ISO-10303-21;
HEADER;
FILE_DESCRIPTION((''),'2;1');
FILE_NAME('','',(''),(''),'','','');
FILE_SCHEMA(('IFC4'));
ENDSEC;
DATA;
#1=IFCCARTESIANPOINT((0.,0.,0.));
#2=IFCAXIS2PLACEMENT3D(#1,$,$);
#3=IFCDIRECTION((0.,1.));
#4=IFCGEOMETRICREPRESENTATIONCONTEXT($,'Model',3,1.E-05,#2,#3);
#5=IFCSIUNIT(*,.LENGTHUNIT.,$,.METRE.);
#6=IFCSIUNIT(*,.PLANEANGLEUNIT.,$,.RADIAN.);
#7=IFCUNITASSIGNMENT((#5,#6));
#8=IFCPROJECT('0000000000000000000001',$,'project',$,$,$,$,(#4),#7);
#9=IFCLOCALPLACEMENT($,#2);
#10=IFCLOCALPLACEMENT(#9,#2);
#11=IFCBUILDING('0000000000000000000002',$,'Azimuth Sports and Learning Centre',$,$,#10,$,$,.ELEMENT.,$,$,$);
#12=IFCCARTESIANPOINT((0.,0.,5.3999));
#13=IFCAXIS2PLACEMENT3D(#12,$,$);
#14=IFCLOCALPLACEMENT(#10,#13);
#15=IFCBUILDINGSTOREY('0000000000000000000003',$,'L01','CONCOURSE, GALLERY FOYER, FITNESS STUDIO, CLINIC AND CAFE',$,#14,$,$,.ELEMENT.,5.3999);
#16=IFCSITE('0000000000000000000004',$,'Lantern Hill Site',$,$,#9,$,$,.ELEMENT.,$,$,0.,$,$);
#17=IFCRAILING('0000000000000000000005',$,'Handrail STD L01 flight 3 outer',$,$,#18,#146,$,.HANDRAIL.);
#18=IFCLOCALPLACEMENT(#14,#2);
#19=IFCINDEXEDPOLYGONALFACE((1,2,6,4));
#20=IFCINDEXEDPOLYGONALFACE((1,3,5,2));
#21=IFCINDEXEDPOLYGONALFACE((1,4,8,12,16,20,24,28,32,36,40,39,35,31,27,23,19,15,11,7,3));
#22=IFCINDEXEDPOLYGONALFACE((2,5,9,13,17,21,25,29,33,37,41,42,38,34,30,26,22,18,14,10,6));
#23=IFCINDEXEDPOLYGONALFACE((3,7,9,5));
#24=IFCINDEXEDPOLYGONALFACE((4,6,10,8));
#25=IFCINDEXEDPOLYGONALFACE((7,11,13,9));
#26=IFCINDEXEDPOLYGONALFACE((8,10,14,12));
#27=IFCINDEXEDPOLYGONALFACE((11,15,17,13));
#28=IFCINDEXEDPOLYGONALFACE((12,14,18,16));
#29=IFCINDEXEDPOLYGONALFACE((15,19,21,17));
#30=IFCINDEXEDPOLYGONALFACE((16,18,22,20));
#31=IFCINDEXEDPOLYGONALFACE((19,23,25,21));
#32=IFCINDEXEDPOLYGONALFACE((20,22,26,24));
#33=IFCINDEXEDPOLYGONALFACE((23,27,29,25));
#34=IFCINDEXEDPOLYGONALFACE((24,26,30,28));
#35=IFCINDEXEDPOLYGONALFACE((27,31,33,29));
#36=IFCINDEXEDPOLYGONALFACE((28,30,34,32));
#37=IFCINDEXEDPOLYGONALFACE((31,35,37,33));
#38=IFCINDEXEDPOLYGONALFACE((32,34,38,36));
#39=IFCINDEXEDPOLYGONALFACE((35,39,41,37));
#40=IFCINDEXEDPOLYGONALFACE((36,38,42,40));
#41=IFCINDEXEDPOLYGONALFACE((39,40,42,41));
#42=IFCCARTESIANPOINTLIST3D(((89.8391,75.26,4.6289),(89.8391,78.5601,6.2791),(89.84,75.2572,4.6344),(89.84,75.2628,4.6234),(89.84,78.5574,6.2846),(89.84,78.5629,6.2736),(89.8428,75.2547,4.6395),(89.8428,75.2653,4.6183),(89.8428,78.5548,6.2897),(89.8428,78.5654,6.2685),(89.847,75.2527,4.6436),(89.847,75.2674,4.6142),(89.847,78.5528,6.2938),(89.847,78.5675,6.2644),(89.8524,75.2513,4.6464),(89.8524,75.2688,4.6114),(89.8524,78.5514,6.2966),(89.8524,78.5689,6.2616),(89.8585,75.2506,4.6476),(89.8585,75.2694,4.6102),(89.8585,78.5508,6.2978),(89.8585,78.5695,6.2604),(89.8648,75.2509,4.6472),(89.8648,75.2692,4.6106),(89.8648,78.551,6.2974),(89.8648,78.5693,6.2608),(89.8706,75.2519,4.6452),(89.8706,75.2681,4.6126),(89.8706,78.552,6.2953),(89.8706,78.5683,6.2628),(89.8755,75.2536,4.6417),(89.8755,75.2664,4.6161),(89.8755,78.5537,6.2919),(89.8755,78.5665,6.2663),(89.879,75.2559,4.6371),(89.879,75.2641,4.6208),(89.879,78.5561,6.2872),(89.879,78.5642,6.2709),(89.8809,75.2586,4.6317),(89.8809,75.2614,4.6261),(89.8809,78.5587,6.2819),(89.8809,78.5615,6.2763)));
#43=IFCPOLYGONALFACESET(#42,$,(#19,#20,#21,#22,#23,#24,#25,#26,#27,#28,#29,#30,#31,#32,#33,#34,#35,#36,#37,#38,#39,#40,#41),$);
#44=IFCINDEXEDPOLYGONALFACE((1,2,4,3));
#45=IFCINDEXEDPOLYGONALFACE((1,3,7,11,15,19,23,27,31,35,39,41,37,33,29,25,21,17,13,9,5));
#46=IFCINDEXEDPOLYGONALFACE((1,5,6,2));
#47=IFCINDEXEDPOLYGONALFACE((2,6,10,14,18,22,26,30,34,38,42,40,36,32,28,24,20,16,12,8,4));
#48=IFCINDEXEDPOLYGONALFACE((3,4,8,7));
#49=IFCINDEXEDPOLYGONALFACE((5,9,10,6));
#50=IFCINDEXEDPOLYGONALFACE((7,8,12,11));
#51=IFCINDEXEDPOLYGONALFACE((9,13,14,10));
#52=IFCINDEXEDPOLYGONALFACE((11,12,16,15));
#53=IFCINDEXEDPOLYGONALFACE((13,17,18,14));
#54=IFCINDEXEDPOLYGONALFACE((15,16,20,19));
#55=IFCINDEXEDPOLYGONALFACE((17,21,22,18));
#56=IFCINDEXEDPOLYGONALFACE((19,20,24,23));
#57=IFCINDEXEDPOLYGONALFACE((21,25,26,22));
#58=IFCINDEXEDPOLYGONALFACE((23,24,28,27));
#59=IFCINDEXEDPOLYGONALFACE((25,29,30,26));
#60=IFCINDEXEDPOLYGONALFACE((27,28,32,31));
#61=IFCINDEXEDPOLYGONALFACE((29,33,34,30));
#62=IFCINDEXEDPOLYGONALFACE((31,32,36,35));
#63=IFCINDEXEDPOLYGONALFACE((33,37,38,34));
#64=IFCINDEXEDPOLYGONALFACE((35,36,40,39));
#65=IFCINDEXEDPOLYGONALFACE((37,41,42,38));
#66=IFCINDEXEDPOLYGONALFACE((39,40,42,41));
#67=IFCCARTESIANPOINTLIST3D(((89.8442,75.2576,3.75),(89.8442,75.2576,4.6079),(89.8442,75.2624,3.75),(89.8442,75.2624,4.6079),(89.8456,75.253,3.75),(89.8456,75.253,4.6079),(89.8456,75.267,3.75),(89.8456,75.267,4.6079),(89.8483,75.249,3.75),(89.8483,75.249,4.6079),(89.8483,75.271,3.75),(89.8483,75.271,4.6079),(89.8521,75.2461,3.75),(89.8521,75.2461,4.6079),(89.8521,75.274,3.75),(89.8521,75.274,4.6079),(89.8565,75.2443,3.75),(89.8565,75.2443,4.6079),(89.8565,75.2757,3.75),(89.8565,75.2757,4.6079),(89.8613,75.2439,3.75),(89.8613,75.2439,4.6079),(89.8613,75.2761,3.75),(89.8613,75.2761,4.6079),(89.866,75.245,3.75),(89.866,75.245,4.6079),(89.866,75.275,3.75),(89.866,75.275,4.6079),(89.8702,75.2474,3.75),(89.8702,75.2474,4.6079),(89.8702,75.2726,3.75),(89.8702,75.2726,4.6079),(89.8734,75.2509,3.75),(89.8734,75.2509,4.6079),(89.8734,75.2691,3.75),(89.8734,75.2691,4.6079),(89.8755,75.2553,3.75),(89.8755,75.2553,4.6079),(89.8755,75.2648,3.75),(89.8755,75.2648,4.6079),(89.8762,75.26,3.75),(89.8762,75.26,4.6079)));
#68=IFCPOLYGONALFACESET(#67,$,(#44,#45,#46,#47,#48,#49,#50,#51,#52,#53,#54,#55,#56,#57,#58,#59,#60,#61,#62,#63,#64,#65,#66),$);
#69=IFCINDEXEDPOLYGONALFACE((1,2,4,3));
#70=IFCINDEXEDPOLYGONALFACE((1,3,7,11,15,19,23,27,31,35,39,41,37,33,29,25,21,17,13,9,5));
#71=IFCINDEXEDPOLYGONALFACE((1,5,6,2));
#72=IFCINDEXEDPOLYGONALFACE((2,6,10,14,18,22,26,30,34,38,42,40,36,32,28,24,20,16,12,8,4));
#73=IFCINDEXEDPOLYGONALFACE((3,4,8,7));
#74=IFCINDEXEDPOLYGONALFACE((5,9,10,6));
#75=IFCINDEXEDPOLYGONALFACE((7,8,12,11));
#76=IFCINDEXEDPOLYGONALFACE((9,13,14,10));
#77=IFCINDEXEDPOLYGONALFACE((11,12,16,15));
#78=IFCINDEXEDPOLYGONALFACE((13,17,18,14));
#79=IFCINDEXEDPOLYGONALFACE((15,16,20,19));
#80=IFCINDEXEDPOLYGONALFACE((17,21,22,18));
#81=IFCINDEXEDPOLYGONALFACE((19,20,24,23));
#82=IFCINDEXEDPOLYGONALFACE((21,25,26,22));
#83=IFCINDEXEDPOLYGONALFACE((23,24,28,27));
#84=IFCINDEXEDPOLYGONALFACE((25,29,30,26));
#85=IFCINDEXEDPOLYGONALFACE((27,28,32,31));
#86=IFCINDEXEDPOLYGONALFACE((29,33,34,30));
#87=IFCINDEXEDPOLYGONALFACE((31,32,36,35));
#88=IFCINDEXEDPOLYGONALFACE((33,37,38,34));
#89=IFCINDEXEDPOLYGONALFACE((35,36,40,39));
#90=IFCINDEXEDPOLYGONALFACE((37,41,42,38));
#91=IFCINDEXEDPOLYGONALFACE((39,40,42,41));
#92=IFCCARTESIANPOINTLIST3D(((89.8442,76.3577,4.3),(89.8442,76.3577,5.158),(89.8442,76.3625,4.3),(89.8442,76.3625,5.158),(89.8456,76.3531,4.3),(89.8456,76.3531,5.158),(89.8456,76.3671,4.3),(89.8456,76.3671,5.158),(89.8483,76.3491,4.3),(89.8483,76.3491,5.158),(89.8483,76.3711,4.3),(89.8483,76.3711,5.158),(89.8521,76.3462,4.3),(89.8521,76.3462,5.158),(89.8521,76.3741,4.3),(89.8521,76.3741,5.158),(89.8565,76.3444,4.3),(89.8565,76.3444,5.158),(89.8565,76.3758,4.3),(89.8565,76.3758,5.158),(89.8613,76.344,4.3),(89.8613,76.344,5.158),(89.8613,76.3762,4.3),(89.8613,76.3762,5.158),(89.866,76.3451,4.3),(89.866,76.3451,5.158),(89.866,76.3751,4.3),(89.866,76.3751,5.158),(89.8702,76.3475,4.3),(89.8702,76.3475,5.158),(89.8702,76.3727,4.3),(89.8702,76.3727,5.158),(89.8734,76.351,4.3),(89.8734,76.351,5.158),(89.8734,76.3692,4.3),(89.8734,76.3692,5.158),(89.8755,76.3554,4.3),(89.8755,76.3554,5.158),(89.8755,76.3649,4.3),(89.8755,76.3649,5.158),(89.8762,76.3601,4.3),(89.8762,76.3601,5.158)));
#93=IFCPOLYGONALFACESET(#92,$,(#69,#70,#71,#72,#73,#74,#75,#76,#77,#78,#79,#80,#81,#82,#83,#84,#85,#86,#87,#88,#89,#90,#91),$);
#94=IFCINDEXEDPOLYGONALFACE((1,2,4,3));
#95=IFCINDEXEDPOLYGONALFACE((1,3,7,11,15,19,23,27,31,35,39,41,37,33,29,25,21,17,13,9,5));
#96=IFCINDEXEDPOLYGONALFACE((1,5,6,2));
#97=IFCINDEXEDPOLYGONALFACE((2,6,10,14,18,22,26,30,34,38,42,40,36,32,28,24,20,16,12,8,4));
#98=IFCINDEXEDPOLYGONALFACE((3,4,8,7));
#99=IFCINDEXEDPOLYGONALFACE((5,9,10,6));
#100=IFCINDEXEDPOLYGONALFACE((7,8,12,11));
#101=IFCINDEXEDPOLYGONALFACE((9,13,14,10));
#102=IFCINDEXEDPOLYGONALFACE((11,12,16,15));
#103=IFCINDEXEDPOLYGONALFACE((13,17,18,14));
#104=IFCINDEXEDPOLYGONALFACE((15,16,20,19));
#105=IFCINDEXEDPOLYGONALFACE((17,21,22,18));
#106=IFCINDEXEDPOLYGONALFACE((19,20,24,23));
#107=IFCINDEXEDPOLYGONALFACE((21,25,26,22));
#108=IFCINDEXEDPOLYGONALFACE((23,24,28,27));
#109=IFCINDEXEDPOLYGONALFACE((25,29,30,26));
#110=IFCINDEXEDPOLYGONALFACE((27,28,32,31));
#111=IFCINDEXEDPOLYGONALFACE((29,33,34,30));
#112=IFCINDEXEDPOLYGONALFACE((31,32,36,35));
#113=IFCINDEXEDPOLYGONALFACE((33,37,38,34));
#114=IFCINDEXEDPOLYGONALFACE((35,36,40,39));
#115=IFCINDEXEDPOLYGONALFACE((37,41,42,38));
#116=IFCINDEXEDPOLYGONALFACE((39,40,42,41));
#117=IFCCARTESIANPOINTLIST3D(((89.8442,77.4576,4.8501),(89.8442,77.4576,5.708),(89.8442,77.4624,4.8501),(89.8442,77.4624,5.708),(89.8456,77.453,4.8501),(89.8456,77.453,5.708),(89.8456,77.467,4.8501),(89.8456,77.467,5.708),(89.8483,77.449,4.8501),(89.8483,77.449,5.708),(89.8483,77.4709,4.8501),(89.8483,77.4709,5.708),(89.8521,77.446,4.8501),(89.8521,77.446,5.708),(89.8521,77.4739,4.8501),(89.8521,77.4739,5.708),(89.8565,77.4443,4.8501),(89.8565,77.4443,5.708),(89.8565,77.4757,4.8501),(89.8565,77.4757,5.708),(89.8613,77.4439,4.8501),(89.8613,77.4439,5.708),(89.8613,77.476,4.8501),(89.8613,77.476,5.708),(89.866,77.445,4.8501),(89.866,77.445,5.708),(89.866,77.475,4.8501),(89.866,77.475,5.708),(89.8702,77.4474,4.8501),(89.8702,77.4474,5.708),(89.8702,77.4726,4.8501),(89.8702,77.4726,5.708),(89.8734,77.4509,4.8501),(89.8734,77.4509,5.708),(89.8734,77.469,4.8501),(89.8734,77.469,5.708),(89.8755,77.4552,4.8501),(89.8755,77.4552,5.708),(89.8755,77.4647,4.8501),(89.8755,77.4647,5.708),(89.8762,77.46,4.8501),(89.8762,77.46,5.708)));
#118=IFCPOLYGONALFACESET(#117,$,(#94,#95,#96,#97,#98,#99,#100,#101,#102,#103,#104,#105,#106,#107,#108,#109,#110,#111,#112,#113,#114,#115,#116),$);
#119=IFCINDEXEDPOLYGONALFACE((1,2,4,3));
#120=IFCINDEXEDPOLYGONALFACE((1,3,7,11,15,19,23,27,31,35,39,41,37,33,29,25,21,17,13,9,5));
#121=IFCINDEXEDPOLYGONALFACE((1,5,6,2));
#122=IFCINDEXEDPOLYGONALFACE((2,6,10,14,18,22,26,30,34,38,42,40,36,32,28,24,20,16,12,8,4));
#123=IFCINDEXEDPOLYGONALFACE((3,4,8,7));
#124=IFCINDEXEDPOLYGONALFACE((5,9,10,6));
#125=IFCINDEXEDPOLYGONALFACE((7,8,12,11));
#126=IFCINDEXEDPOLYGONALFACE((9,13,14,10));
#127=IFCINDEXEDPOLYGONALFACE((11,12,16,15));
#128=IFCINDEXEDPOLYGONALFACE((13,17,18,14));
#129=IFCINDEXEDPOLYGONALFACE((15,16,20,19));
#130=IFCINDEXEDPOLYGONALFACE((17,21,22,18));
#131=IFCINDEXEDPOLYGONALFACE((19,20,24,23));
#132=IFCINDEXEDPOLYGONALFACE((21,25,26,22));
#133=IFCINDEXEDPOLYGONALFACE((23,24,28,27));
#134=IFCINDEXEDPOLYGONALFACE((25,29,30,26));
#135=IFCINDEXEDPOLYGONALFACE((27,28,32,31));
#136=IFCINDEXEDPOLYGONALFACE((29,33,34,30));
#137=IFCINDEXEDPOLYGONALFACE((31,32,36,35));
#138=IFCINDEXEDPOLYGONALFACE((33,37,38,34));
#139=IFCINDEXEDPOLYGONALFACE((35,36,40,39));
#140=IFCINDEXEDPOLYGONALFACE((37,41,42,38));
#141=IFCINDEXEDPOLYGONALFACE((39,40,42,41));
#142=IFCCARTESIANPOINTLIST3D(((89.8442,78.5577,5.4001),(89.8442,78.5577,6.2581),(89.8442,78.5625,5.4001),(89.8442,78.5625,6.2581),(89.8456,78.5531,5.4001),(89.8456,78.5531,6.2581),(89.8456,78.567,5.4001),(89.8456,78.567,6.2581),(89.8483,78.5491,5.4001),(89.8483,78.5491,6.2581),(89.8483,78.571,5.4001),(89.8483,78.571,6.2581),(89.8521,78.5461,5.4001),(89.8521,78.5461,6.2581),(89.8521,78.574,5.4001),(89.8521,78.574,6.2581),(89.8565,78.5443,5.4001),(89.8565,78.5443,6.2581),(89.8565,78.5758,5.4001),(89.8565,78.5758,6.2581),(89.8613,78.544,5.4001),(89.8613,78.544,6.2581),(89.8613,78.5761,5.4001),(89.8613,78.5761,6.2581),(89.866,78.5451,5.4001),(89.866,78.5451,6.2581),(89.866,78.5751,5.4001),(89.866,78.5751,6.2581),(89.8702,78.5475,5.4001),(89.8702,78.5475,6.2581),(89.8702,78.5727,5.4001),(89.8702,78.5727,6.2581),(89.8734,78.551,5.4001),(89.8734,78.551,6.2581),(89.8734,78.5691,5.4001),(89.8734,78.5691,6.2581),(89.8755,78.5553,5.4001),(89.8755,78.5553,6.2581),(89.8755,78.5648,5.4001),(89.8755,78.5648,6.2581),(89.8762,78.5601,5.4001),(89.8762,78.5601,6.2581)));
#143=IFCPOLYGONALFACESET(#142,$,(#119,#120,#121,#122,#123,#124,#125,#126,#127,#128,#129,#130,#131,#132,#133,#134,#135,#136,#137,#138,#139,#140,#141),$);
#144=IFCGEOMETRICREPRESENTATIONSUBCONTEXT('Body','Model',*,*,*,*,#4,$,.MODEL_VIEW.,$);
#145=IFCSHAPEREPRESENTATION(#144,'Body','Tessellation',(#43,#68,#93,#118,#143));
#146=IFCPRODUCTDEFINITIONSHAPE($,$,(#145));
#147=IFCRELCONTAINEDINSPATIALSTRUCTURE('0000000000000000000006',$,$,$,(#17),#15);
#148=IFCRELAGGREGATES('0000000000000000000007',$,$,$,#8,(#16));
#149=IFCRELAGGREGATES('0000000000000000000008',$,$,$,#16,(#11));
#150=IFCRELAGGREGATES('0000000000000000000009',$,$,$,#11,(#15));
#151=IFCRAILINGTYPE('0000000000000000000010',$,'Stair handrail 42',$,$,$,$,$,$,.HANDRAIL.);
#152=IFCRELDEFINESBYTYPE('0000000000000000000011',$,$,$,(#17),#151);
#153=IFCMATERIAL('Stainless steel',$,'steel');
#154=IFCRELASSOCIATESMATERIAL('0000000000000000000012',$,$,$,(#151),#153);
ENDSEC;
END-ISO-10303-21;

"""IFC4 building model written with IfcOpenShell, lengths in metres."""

from ifc_helpers import new_model, si_unit, direction, frame, origin, origin_2d, place, context, subcontext, project, spatial, circle, extrude, material, type_object, element, save


model = new_model("IFC4")

# Units and contexts
model_context = context("Model", 3, precision=1e-05, world=origin(), true_north=direction((0.0, 1.0)))
body_context = subcontext(model_context, "Body", "Model", "MODEL_VIEW")
ifc_project = project(units=[si_unit("LENGTHUNIT", "METRE"), si_unit("PLANEANGLEUNIT", "RADIAN")], contexts=[model_context])

# Site, building, storey
site_placement = place(None, origin())
site = spatial("IfcSite", under=ifc_project, at=site_placement, Name="Lantern Hill Site", CompositionType="ELEMENT", RefElevation=0.0)
building_placement = place(site_placement, origin())
building = spatial("IfcBuilding", under=site, at=building_placement, Name="Azimuth Sports and Learning Centre", CompositionType="ELEMENT")
storey_placement = place(building_placement, frame((0.0, 0.0, 5.3999)))
storey = spatial("IfcBuildingStorey", under=building, at=storey_placement, Name="L01", Description="CONCOURSE, GALLERY FOYER, FITNESS STUDIO, CLINIC AND CAFE", CompositionType="ELEMENT", Elevation=5.3999)

# Railing
ifc_material_1 = material(Name="Stainless steel", Category="steel")
railing_type_1 = type_object("IfcRailingType", Name="Stair handrail 42", PredefinedType="HANDRAIL", material=ifc_material_1)
for number, where, name in (
    (1, (89.8601, 75.26, 3.75), "Handrail STD L01 flight 3 outer"),
):
    element("IfcRailing", number, at=place(storey_placement, frame(where)), inside=storey, type_object=railing_type_1, Name=name, PredefinedType="HANDRAIL", context=body_context, shape_type="SweptSolid", body=[
        extrude(circle(Radius=0.021, at=origin_2d()), frame((0.0, 0.0, 0.8789), z_axis=(0.0, 0.894414, 0.44724), x_axis=(-1.0, 0.0, 0.0)), (0.0, 0.0, 1.0), 3.6897),
        extrude(circle(Radius=0.0161, at=origin_2d()), origin(), (0.0, 0.0, 1.0), 0.8579),
        extrude(circle(Radius=0.0161, at=origin_2d()), frame((0.0, 1.1001, 0.55)), (0.0, 0.0, 1.0), 0.8579),
        extrude(circle(Radius=0.0161, at=origin_2d()), frame((0.0, 2.2, 1.1001)), (0.0, 0.0, 1.0), 0.8579),
        extrude(circle(Radius=0.0161, at=origin_2d()), frame((0.0, 3.3, 1.6501)), (0.0, 0.0, 1.0), 0.8579),
    ])

save(model, "model.ifc")
